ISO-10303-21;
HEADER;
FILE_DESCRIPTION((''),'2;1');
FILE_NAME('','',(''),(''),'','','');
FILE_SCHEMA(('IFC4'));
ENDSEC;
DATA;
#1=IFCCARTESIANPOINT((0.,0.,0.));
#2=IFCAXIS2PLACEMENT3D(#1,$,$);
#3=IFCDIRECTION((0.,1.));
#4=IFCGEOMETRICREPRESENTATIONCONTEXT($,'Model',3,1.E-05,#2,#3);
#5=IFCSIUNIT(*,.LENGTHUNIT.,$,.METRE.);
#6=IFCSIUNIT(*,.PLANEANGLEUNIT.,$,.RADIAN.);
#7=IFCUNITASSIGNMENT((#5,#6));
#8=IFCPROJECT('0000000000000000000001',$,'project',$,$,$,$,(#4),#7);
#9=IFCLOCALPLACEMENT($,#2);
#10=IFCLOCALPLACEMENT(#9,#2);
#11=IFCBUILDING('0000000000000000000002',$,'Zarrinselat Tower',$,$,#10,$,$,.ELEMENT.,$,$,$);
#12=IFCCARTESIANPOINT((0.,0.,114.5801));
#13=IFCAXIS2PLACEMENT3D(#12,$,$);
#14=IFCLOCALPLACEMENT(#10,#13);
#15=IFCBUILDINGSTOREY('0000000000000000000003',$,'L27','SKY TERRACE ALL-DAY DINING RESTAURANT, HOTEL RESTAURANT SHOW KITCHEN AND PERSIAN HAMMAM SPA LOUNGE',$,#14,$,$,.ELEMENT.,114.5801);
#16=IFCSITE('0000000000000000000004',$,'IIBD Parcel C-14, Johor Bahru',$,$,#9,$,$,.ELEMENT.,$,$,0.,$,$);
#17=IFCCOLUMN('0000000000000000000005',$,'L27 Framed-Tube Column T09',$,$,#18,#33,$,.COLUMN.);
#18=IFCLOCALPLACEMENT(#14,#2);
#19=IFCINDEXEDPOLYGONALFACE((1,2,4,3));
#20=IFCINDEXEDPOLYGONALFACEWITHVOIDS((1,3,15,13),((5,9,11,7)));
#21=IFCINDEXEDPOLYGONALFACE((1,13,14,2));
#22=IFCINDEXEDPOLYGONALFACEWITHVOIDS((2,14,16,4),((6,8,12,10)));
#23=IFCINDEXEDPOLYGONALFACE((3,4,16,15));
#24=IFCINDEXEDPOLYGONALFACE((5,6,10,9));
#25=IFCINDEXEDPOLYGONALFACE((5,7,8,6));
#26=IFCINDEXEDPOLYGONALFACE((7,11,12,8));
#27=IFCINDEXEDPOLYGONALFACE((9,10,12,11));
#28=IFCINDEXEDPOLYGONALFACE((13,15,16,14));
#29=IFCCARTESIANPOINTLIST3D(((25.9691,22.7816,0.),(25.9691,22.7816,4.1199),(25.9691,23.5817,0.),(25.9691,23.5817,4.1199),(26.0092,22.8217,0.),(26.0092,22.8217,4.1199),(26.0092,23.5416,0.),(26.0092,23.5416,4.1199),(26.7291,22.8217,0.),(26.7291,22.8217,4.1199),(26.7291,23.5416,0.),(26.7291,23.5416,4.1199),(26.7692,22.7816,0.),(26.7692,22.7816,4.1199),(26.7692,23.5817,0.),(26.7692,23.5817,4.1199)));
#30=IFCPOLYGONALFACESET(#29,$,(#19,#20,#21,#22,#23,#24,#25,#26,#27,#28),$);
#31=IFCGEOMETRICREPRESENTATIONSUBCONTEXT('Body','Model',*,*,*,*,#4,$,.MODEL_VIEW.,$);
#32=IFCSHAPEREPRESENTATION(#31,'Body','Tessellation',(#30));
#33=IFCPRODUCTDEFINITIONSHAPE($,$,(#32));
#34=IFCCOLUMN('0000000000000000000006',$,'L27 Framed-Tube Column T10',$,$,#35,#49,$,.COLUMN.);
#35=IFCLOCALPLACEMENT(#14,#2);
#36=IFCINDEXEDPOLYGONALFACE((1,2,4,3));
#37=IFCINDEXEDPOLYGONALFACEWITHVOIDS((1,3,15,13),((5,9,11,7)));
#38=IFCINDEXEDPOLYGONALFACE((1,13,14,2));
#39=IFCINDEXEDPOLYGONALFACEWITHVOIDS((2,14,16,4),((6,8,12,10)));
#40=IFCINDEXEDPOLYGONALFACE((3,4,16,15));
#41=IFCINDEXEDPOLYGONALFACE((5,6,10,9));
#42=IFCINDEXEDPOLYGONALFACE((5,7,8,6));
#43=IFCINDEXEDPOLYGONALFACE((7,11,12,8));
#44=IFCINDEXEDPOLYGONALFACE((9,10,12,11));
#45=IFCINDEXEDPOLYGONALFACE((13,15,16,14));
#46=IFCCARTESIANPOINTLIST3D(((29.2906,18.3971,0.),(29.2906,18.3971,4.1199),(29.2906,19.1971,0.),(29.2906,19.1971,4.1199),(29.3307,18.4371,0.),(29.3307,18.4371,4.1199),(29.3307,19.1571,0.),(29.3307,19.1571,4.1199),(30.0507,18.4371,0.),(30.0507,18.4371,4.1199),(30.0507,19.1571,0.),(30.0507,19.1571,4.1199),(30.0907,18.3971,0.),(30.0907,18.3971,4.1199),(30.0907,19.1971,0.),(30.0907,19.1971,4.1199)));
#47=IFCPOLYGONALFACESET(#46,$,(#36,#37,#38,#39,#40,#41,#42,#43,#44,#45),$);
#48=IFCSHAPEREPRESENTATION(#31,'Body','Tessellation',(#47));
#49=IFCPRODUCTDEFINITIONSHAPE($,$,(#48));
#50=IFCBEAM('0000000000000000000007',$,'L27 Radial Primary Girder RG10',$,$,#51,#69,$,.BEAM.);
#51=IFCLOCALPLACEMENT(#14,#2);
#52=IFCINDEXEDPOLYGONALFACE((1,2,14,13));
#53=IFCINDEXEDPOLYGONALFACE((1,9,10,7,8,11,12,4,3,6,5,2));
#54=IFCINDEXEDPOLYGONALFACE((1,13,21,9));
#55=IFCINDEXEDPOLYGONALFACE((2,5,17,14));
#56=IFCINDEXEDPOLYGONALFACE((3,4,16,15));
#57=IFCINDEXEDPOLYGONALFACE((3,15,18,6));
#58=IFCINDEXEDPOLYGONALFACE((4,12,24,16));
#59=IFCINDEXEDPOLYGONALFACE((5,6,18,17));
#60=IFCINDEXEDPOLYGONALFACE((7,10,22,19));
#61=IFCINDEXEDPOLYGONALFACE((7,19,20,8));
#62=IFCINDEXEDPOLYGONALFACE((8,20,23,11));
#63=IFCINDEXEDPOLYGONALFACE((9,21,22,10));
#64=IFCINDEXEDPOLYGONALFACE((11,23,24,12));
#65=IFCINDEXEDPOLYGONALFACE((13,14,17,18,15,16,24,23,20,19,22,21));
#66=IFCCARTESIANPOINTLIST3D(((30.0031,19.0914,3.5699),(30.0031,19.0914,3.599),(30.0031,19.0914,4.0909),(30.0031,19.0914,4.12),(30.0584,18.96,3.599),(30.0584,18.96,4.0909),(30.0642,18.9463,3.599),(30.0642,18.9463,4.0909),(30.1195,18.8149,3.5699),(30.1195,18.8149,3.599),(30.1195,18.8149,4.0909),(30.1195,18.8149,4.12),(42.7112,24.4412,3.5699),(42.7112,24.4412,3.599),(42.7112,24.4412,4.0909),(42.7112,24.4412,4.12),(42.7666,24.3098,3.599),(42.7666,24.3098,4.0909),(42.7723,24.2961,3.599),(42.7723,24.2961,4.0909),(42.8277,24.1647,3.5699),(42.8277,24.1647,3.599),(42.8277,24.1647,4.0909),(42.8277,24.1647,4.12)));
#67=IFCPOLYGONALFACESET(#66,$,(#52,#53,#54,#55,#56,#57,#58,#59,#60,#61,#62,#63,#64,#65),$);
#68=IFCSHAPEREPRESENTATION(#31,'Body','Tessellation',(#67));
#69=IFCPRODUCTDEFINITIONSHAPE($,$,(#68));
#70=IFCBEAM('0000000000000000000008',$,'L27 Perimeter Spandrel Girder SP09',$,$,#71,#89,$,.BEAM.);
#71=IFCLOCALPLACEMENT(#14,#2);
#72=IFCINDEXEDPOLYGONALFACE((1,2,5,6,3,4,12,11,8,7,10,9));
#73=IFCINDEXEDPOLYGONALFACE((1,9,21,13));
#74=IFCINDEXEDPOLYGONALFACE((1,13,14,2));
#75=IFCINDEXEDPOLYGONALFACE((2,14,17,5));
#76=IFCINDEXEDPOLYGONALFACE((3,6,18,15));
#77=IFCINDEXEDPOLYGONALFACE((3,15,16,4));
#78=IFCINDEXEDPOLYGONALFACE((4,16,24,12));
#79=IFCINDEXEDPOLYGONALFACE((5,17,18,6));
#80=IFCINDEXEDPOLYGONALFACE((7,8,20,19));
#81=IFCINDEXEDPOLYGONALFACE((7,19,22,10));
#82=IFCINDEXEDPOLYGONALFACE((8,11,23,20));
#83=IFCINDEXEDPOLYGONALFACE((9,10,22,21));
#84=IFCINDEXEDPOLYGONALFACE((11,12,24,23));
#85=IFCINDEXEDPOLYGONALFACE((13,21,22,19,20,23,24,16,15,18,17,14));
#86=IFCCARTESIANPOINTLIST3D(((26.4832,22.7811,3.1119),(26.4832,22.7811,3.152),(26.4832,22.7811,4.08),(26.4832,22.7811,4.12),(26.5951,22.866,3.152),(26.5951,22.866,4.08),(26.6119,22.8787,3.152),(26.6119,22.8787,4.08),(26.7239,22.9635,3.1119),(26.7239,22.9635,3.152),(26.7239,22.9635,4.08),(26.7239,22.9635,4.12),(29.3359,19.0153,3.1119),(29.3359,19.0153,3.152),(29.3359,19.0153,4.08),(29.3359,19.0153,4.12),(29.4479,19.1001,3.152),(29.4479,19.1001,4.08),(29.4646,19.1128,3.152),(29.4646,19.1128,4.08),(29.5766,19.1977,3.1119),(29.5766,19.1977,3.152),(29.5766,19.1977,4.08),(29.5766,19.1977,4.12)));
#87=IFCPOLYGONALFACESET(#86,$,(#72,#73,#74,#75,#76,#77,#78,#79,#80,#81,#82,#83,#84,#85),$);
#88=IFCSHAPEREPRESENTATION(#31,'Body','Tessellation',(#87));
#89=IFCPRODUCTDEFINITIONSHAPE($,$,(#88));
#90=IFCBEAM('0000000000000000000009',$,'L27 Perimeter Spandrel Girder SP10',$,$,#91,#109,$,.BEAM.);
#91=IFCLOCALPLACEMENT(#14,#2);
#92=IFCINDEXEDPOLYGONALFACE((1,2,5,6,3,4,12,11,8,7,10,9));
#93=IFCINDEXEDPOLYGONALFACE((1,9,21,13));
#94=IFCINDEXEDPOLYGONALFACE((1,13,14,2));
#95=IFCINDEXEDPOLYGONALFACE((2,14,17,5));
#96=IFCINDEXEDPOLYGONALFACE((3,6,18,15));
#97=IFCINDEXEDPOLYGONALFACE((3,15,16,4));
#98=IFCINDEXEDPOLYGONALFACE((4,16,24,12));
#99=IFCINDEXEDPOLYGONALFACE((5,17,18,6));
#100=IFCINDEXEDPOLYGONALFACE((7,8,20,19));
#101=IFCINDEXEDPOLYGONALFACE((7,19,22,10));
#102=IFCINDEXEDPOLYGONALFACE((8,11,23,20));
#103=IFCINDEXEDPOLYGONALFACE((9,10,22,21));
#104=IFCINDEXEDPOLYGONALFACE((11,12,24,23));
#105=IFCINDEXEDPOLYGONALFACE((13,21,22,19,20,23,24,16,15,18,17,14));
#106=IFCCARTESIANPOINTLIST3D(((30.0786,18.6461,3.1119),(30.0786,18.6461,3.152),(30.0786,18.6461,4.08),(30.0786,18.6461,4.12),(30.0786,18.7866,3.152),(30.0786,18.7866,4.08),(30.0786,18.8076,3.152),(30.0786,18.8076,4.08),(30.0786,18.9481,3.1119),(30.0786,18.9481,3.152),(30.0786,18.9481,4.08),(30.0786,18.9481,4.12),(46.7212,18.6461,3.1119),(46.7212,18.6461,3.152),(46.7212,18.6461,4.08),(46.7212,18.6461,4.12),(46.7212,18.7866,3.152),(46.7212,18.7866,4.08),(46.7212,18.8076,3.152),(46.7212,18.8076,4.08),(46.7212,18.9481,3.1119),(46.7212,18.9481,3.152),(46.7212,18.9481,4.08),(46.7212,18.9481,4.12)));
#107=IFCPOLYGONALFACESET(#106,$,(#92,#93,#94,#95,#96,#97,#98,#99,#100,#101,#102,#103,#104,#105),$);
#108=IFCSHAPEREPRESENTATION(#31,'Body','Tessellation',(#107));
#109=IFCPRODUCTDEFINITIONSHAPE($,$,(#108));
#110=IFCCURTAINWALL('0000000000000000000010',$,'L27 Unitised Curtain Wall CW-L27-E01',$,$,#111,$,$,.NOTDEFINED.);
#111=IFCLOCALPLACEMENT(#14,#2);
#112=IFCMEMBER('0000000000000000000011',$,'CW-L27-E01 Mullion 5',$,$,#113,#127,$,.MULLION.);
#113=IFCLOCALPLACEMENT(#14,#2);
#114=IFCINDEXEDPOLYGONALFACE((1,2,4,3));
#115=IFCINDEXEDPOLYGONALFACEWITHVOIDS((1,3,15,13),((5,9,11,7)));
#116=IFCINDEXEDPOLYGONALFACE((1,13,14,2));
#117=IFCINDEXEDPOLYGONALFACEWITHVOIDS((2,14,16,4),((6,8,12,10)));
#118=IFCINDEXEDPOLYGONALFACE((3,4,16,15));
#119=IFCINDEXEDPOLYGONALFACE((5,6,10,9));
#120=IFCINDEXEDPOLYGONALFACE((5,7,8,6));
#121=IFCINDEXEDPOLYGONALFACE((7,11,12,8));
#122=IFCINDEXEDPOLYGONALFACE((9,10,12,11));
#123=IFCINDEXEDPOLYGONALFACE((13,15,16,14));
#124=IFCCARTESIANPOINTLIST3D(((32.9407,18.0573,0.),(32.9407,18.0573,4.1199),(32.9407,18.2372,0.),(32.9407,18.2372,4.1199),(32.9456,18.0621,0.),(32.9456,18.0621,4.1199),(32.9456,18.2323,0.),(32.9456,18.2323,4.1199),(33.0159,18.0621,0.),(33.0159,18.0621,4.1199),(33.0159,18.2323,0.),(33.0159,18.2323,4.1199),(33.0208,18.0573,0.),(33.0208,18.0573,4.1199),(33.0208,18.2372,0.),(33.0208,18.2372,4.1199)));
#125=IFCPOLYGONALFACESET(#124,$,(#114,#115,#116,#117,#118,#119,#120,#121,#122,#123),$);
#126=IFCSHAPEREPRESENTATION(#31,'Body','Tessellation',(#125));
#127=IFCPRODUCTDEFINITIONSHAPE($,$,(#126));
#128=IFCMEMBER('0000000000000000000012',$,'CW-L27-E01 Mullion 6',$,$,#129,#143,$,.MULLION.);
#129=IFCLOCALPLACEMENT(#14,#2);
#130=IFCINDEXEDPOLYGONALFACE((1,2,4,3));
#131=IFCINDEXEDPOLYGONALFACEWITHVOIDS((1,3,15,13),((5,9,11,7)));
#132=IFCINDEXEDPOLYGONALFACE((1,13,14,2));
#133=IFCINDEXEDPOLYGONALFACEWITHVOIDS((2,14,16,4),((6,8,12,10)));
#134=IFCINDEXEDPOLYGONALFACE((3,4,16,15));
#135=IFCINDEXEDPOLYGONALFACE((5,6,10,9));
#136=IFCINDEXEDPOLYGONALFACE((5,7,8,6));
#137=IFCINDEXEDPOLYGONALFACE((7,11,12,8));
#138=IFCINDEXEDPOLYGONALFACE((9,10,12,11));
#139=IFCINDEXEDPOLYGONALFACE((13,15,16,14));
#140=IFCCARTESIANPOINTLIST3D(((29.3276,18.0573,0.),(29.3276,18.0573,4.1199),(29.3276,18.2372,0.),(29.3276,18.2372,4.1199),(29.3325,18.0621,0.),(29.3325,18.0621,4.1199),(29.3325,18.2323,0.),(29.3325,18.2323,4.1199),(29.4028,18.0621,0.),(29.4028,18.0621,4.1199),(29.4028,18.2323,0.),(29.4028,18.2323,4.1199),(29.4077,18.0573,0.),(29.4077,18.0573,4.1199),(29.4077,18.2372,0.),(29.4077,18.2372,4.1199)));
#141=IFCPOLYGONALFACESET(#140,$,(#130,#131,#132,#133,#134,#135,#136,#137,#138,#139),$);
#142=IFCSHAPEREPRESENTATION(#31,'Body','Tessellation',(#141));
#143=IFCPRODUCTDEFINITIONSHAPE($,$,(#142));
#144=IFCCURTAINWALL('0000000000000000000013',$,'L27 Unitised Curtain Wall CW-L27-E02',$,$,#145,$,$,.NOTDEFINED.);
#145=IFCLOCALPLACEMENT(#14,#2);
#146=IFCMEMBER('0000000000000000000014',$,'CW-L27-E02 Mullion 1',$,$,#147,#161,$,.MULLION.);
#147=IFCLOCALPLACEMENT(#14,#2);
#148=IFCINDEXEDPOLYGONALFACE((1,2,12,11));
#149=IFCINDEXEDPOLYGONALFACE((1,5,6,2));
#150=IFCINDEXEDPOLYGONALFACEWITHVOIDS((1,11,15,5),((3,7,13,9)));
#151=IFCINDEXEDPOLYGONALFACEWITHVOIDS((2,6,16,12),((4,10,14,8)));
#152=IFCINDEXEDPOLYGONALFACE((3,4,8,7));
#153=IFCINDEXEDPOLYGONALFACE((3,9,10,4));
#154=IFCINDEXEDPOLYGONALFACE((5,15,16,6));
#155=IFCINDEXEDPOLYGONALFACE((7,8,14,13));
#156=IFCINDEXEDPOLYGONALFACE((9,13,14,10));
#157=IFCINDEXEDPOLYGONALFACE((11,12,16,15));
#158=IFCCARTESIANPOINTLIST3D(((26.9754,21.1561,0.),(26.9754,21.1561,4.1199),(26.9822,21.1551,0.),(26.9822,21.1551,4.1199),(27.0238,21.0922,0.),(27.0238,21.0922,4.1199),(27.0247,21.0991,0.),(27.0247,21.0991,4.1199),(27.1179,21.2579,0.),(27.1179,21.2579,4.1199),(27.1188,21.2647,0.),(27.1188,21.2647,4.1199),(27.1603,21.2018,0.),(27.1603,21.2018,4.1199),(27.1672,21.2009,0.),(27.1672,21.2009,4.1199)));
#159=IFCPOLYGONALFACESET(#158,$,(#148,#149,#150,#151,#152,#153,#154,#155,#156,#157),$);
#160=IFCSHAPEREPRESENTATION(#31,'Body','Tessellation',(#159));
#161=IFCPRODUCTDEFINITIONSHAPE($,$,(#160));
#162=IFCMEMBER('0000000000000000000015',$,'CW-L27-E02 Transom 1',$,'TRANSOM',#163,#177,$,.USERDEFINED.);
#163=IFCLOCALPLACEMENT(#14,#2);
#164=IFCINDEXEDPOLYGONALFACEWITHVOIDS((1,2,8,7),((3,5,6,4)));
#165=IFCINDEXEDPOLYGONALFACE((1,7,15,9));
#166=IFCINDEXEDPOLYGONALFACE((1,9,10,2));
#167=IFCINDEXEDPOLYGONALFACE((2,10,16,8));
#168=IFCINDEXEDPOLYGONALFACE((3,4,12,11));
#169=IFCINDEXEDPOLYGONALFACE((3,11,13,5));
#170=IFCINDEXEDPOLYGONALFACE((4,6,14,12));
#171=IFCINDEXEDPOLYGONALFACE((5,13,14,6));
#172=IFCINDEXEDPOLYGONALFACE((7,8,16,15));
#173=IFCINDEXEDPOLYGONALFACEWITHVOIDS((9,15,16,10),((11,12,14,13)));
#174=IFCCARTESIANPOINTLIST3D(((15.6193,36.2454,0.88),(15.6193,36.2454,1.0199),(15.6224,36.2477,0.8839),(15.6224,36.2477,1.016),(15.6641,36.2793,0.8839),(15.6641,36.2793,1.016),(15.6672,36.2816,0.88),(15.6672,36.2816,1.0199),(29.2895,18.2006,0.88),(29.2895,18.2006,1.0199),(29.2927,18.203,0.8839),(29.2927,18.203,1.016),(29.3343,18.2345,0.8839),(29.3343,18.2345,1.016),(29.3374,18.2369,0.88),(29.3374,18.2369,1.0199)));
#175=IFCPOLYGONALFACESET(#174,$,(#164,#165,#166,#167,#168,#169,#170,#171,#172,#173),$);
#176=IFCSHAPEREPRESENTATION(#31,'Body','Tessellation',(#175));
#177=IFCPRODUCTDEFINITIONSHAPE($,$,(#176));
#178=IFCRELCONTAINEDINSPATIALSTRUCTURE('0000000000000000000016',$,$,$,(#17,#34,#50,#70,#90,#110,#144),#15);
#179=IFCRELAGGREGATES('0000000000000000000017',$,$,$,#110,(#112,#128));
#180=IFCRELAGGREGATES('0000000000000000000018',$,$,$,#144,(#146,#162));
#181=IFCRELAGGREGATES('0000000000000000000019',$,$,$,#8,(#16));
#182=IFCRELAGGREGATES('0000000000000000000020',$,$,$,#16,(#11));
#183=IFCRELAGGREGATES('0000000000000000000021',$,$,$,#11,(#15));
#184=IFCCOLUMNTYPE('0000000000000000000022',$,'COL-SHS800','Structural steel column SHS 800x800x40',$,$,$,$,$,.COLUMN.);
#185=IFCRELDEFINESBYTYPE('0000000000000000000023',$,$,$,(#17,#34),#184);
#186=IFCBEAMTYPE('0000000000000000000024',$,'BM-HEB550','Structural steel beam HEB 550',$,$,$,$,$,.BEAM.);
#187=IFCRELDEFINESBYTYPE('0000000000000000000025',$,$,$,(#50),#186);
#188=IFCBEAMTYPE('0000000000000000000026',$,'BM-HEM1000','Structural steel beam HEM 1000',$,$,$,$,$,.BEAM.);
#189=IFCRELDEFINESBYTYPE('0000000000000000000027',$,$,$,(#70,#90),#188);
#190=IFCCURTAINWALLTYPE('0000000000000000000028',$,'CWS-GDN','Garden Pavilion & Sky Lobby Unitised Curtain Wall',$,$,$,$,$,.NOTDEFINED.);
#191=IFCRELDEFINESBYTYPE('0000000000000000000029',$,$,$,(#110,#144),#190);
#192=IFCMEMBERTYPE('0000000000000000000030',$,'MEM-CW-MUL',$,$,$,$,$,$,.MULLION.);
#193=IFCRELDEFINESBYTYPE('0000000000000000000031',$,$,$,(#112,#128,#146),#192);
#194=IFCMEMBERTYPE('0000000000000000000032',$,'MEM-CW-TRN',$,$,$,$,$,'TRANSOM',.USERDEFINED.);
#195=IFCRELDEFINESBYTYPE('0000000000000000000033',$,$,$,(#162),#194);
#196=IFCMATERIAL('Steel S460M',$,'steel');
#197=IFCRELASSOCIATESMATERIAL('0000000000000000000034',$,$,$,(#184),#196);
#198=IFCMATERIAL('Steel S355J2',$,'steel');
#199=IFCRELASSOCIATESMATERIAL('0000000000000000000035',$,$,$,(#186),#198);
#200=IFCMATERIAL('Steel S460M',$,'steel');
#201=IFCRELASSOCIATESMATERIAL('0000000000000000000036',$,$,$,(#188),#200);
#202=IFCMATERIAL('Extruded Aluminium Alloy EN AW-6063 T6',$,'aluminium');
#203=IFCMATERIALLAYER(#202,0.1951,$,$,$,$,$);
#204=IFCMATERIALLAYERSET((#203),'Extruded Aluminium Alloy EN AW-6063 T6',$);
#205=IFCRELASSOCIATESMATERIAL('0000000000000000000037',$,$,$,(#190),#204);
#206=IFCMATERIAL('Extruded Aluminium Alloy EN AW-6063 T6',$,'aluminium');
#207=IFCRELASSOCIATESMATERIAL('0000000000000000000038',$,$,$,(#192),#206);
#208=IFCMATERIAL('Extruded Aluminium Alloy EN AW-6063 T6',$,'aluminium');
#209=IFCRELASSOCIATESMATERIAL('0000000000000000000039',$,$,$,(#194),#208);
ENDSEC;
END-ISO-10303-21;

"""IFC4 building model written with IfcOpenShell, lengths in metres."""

from ifc_helpers import new_model, si_unit, direction, frame, origin, origin_2d, place, context, subcontext, project, spatial, hollow_rectangle, i_section, extrude, material, layer, layer_set, material_profile, profile_set, type_object, element, aggregate, save


model = new_model("IFC4")

# Units and contexts
model_context = context("Model", 3, precision=1e-05, world=origin(), true_north=direction((0.0, 1.0)))
body_context = subcontext(model_context, "Body", "Model", "MODEL_VIEW")
ifc_project = project(units=[si_unit("LENGTHUNIT", "METRE"), si_unit("PLANEANGLEUNIT", "RADIAN")], contexts=[model_context])

# Site, building, storey
site_placement = place(None, origin())
site = spatial("IfcSite", under=ifc_project, at=site_placement, Name="IIBD Parcel C-14, Johor Bahru", CompositionType="ELEMENT", RefElevation=0.0)
building_placement = place(site_placement, origin())
building = spatial("IfcBuilding", under=site, at=building_placement, Name="Zarrinselat Tower", CompositionType="ELEMENT")
storey_placement = place(building_placement, frame((0.0, 0.0, 114.5801)))
storey = spatial("IfcBuildingStorey", under=building, at=storey_placement, Name="L27", Description="SKY TERRACE ALL-DAY DINING RESTAURANT, HOTEL RESTAURANT SHOW KITCHEN AND PERSIAN HAMMAM SPA LOUNGE", CompositionType="ELEMENT", Elevation=114.5801)

# Columns
ifc_material_1 = material(Name="Steel S460M", Category="steel")
ifc_material_profile_1 = material_profile(ifc_material_1, hollow_rectangle(XDim=0.8, YDim=0.8, WallThickness=0.04, at=origin_2d()), Name="SHS 800x800x40")
ifc_profile_set_1 = profile_set([ifc_material_profile_1], Name="Steel S460M")
column_type = type_object("IfcColumnType", Name="COL-SHS800", Description="Structural steel column SHS 800x800x40", PredefinedType="COLUMN", material=ifc_profile_set_1)
for number, where, z_axis, x_axis, name in (
    (1, (26.3691, 23.1816, 0.0), (0.0, 0.0, 1.0), (1.0, 0.0, 0.0), "L27 Framed-Tube Column T09"),
    (2, (29.6907, 18.7971, 0.0), (0.0, 0.0, 1.0), (1.0, 0.0, 0.0), "L27 Framed-Tube Column T10"),
):
    element("IfcColumn", number, at=place(storey_placement, frame(where, z_axis=z_axis, x_axis=x_axis)), inside=storey, type_object=column_type, Name=name, PredefinedType="COLUMN", context=body_context, shape_type="SweptSolid", body=[
        extrude(hollow_rectangle(XDim=0.8, YDim=0.8, WallThickness=0.04, at=origin_2d()), origin(), (0.0, 0.0, 1.0), 4.1199),
    ])

# Beams
ifc_material_2 = material(Name="Steel S355J2", Category="steel")
ifc_material_profile_2 = material_profile(ifc_material_2, i_section(OverallWidth=0.3, OverallDepth=0.55, WebThickness=0.0149, FlangeThickness=0.0291, at=origin_2d()), Name="HEB 550")
ifc_profile_set_2 = profile_set([ifc_material_profile_2], Name="Steel S355J2")
beam_type_1 = type_object("IfcBeamType", Name="BM-HEB550", Description="Structural steel beam HEB 550", PredefinedType="BEAM", material=ifc_profile_set_2)
beam_1_placement = place(storey_placement, frame((30.0613, 18.9531, 3.845), z_axis=(0.921661, 0.387996, 0.0), x_axis=(-0.387996, 0.921661, 0.0)))
element("IfcBeam", 3, at=beam_1_placement, inside=storey, type_object=beam_type_1, Name="L27 Radial Primary Girder RG10", PredefinedType="BEAM", context=body_context, shape_type="SweptSolid", body=[
    extrude(i_section(OverallWidth=0.3, OverallDepth=0.55, WebThickness=0.0149, FlangeThickness=0.0291, at=origin_2d()), origin(), (0.0, 0.0, 1.0), 13.7883),
])
ifc_material_3 = material(Name="Steel S460M", Category="steel")
ifc_material_profile_3 = material_profile(ifc_material_3, i_section(OverallWidth=0.302, OverallDepth=1.0081, WebThickness=0.021, FlangeThickness=0.04, at=origin_2d()), Name="HEM 1000")
ifc_profile_set_3 = profile_set([ifc_material_profile_3], Name="Steel S460M")
beam_type_2 = type_object("IfcBeamType", Name="BM-HEM1000", Description="Structural steel beam HEM 1000", PredefinedType="BEAM", material=ifc_profile_set_3)
beam_2_placement = place(storey_placement, frame((26.6035, 22.8723, 3.616), z_axis=(0.603838, -0.797107, 0.0), x_axis=(0.797107, 0.603838, 0.0)))
element("IfcBeam", 4, at=beam_2_placement, inside=storey, type_object=beam_type_2, Name="L27 Perimeter Spandrel Girder SP09", PredefinedType="BEAM", context=body_context, shape_type="SweptSolid", body=[
    extrude(i_section(OverallWidth=0.302, OverallDepth=1.0081, WebThickness=0.021, FlangeThickness=0.04, at=origin_2d()), origin(), (0.0, 0.0, 1.0), 4.7244),
])
beam_3_placement = place(storey_placement, frame((30.0786, 18.7971, 3.616), z_axis=(1.0, 0.0, 0.0), x_axis=(0.0, 1.0, 0.0)))
element("IfcBeam", 5, at=beam_3_placement, inside=storey, type_object=beam_type_2, Name="L27 Perimeter Spandrel Girder SP10", PredefinedType="BEAM", context=body_context, shape_type="SweptSolid", body=[
    extrude(i_section(OverallWidth=0.302, OverallDepth=1.0081, WebThickness=0.021, FlangeThickness=0.04, at=origin_2d()), origin(), (0.0, 0.0, 1.0), 16.6426),
])

# Curtain walls, members
ifc_material_4 = material(Name="Extruded Aluminium Alloy EN AW-6063 T6", Category="aluminium")
ifc_layer_1 = layer(ifc_material_4, 0.1951)
ifc_layer_set_1 = layer_set([ifc_layer_1], Name="Extruded Aluminium Alloy EN AW-6063 T6")
curtain_wall_type = type_object("IfcCurtainWallType", Name="CWS-GDN", Description="Garden Pavilion & Sky Lobby Unitised Curtain Wall", PredefinedType="NOTDEFINED", material=ifc_layer_set_1)
curtain_wall_1_placement = place(storey_placement, origin())
curtain_wall_1 = element("IfcCurtainWall", 6, at=curtain_wall_1_placement, inside=storey, type_object=curtain_wall_type, Name="L27 Unitised Curtain Wall CW-L27-E01", PredefinedType="NOTDEFINED")
ifc_material_5 = material(Name="Extruded Aluminium Alloy EN AW-6063 T6", Category="aluminium")
ifc_material_profile_4 = material_profile(ifc_material_5, hollow_rectangle(XDim=0.0801, YDim=0.1799, WallThickness=0.0049, at=origin_2d()), Name="RHS 180x80x5")
ifc_profile_set_4 = profile_set([ifc_material_profile_4], Name="Extruded Aluminium Alloy EN AW-6063 T6")
member_type_1 = type_object("IfcMemberType", Name="MEM-CW-MUL", PredefinedType="MULLION", material=ifc_profile_set_4)
member_1_placement = place(storey_placement, frame((32.9807, 18.1472, 0.0), z_axis=(0.0, 0.0, 1.0), x_axis=(-1.0, 0.0, 0.0)))
member_1 = element("IfcMember", 7, at=member_1_placement, type_object=member_type_1, Name="CW-L27-E01 Mullion 5", PredefinedType="MULLION", context=body_context, shape_type="SweptSolid", body=[
    extrude(hollow_rectangle(XDim=0.0801, YDim=0.1799, WallThickness=0.0049, at=origin_2d()), origin(), (0.0, 0.0, 1.0), 4.1199),
])
member_2_placement = place(storey_placement, frame((29.3677, 18.1472, 0.0), z_axis=(0.0, 0.0, 1.0), x_axis=(-1.0, 0.0, 0.0)))
member_2 = element("IfcMember", 8, at=member_2_placement, type_object=member_type_1, Name="CW-L27-E01 Mullion 6", PredefinedType="MULLION", context=body_context, shape_type="SweptSolid", body=[
    extrude(hollow_rectangle(XDim=0.0801, YDim=0.1799, WallThickness=0.0049, at=origin_2d()), origin(), (0.0, 0.0, 1.0), 4.1199),
])
curtain_wall_2_placement = place(storey_placement, origin())
curtain_wall_2 = element("IfcCurtainWall", 9, at=curtain_wall_2_placement, inside=storey, type_object=curtain_wall_type, Name="L27 Unitised Curtain Wall CW-L27-E02", PredefinedType="NOTDEFINED")
member_3_placement = place(storey_placement, frame((27.0713, 21.1785, 0.0), z_axis=(0.0, 0.0, 1.0), x_axis=(-0.603858, 0.797092, 0.0)))
member_3 = element("IfcMember", 10, at=member_3_placement, type_object=member_type_1, Name="CW-L27-E02 Mullion 1", PredefinedType="MULLION", context=body_context, shape_type="SweptSolid", body=[
    extrude(hollow_rectangle(XDim=0.0801, YDim=0.1799, WallThickness=0.0049, at=origin_2d()), origin(), (0.0, 0.0, 1.0), 4.1199),
])
ifc_material_6 = material(Name="Extruded Aluminium Alloy EN AW-6063 T6", Category="aluminium")
ifc_material_profile_5 = material_profile(ifc_material_6, hollow_rectangle(XDim=0.0601, YDim=0.1399, WallThickness=0.0039, at=origin_2d()), Name="RHS 140x60x4")
ifc_profile_set_5 = profile_set([ifc_material_profile_5], Name="Extruded Aluminium Alloy EN AW-6063 T6")
member_type_2 = type_object("IfcMemberType", Name="MEM-CW-TRN", ElementType="TRANSOM", PredefinedType="USERDEFINED", material=ifc_profile_set_5)
member_4_placement = place(storey_placement, frame((29.3135, 18.2188, 0.95), z_axis=(-0.603856, 0.797093, 0.0), x_axis=(-0.797093, -0.603856, 0.0)))
member_4 = element("IfcMember", 11, at=member_4_placement, type_object=member_type_2, Name="CW-L27-E02 Transom 1", ObjectType="TRANSOM", PredefinedType="USERDEFINED", context=body_context, shape_type="SweptSolid", body=[
    extrude(hollow_rectangle(XDim=0.0601, YDim=0.1399, WallThickness=0.0039, at=origin_2d()), origin(), (0.0, 0.0, 1.0), 22.6382),
])

aggregate(curtain_wall_1, [member_1, member_2])
aggregate(curtain_wall_2, [member_3, member_4])

save(model, "model.ifc")
